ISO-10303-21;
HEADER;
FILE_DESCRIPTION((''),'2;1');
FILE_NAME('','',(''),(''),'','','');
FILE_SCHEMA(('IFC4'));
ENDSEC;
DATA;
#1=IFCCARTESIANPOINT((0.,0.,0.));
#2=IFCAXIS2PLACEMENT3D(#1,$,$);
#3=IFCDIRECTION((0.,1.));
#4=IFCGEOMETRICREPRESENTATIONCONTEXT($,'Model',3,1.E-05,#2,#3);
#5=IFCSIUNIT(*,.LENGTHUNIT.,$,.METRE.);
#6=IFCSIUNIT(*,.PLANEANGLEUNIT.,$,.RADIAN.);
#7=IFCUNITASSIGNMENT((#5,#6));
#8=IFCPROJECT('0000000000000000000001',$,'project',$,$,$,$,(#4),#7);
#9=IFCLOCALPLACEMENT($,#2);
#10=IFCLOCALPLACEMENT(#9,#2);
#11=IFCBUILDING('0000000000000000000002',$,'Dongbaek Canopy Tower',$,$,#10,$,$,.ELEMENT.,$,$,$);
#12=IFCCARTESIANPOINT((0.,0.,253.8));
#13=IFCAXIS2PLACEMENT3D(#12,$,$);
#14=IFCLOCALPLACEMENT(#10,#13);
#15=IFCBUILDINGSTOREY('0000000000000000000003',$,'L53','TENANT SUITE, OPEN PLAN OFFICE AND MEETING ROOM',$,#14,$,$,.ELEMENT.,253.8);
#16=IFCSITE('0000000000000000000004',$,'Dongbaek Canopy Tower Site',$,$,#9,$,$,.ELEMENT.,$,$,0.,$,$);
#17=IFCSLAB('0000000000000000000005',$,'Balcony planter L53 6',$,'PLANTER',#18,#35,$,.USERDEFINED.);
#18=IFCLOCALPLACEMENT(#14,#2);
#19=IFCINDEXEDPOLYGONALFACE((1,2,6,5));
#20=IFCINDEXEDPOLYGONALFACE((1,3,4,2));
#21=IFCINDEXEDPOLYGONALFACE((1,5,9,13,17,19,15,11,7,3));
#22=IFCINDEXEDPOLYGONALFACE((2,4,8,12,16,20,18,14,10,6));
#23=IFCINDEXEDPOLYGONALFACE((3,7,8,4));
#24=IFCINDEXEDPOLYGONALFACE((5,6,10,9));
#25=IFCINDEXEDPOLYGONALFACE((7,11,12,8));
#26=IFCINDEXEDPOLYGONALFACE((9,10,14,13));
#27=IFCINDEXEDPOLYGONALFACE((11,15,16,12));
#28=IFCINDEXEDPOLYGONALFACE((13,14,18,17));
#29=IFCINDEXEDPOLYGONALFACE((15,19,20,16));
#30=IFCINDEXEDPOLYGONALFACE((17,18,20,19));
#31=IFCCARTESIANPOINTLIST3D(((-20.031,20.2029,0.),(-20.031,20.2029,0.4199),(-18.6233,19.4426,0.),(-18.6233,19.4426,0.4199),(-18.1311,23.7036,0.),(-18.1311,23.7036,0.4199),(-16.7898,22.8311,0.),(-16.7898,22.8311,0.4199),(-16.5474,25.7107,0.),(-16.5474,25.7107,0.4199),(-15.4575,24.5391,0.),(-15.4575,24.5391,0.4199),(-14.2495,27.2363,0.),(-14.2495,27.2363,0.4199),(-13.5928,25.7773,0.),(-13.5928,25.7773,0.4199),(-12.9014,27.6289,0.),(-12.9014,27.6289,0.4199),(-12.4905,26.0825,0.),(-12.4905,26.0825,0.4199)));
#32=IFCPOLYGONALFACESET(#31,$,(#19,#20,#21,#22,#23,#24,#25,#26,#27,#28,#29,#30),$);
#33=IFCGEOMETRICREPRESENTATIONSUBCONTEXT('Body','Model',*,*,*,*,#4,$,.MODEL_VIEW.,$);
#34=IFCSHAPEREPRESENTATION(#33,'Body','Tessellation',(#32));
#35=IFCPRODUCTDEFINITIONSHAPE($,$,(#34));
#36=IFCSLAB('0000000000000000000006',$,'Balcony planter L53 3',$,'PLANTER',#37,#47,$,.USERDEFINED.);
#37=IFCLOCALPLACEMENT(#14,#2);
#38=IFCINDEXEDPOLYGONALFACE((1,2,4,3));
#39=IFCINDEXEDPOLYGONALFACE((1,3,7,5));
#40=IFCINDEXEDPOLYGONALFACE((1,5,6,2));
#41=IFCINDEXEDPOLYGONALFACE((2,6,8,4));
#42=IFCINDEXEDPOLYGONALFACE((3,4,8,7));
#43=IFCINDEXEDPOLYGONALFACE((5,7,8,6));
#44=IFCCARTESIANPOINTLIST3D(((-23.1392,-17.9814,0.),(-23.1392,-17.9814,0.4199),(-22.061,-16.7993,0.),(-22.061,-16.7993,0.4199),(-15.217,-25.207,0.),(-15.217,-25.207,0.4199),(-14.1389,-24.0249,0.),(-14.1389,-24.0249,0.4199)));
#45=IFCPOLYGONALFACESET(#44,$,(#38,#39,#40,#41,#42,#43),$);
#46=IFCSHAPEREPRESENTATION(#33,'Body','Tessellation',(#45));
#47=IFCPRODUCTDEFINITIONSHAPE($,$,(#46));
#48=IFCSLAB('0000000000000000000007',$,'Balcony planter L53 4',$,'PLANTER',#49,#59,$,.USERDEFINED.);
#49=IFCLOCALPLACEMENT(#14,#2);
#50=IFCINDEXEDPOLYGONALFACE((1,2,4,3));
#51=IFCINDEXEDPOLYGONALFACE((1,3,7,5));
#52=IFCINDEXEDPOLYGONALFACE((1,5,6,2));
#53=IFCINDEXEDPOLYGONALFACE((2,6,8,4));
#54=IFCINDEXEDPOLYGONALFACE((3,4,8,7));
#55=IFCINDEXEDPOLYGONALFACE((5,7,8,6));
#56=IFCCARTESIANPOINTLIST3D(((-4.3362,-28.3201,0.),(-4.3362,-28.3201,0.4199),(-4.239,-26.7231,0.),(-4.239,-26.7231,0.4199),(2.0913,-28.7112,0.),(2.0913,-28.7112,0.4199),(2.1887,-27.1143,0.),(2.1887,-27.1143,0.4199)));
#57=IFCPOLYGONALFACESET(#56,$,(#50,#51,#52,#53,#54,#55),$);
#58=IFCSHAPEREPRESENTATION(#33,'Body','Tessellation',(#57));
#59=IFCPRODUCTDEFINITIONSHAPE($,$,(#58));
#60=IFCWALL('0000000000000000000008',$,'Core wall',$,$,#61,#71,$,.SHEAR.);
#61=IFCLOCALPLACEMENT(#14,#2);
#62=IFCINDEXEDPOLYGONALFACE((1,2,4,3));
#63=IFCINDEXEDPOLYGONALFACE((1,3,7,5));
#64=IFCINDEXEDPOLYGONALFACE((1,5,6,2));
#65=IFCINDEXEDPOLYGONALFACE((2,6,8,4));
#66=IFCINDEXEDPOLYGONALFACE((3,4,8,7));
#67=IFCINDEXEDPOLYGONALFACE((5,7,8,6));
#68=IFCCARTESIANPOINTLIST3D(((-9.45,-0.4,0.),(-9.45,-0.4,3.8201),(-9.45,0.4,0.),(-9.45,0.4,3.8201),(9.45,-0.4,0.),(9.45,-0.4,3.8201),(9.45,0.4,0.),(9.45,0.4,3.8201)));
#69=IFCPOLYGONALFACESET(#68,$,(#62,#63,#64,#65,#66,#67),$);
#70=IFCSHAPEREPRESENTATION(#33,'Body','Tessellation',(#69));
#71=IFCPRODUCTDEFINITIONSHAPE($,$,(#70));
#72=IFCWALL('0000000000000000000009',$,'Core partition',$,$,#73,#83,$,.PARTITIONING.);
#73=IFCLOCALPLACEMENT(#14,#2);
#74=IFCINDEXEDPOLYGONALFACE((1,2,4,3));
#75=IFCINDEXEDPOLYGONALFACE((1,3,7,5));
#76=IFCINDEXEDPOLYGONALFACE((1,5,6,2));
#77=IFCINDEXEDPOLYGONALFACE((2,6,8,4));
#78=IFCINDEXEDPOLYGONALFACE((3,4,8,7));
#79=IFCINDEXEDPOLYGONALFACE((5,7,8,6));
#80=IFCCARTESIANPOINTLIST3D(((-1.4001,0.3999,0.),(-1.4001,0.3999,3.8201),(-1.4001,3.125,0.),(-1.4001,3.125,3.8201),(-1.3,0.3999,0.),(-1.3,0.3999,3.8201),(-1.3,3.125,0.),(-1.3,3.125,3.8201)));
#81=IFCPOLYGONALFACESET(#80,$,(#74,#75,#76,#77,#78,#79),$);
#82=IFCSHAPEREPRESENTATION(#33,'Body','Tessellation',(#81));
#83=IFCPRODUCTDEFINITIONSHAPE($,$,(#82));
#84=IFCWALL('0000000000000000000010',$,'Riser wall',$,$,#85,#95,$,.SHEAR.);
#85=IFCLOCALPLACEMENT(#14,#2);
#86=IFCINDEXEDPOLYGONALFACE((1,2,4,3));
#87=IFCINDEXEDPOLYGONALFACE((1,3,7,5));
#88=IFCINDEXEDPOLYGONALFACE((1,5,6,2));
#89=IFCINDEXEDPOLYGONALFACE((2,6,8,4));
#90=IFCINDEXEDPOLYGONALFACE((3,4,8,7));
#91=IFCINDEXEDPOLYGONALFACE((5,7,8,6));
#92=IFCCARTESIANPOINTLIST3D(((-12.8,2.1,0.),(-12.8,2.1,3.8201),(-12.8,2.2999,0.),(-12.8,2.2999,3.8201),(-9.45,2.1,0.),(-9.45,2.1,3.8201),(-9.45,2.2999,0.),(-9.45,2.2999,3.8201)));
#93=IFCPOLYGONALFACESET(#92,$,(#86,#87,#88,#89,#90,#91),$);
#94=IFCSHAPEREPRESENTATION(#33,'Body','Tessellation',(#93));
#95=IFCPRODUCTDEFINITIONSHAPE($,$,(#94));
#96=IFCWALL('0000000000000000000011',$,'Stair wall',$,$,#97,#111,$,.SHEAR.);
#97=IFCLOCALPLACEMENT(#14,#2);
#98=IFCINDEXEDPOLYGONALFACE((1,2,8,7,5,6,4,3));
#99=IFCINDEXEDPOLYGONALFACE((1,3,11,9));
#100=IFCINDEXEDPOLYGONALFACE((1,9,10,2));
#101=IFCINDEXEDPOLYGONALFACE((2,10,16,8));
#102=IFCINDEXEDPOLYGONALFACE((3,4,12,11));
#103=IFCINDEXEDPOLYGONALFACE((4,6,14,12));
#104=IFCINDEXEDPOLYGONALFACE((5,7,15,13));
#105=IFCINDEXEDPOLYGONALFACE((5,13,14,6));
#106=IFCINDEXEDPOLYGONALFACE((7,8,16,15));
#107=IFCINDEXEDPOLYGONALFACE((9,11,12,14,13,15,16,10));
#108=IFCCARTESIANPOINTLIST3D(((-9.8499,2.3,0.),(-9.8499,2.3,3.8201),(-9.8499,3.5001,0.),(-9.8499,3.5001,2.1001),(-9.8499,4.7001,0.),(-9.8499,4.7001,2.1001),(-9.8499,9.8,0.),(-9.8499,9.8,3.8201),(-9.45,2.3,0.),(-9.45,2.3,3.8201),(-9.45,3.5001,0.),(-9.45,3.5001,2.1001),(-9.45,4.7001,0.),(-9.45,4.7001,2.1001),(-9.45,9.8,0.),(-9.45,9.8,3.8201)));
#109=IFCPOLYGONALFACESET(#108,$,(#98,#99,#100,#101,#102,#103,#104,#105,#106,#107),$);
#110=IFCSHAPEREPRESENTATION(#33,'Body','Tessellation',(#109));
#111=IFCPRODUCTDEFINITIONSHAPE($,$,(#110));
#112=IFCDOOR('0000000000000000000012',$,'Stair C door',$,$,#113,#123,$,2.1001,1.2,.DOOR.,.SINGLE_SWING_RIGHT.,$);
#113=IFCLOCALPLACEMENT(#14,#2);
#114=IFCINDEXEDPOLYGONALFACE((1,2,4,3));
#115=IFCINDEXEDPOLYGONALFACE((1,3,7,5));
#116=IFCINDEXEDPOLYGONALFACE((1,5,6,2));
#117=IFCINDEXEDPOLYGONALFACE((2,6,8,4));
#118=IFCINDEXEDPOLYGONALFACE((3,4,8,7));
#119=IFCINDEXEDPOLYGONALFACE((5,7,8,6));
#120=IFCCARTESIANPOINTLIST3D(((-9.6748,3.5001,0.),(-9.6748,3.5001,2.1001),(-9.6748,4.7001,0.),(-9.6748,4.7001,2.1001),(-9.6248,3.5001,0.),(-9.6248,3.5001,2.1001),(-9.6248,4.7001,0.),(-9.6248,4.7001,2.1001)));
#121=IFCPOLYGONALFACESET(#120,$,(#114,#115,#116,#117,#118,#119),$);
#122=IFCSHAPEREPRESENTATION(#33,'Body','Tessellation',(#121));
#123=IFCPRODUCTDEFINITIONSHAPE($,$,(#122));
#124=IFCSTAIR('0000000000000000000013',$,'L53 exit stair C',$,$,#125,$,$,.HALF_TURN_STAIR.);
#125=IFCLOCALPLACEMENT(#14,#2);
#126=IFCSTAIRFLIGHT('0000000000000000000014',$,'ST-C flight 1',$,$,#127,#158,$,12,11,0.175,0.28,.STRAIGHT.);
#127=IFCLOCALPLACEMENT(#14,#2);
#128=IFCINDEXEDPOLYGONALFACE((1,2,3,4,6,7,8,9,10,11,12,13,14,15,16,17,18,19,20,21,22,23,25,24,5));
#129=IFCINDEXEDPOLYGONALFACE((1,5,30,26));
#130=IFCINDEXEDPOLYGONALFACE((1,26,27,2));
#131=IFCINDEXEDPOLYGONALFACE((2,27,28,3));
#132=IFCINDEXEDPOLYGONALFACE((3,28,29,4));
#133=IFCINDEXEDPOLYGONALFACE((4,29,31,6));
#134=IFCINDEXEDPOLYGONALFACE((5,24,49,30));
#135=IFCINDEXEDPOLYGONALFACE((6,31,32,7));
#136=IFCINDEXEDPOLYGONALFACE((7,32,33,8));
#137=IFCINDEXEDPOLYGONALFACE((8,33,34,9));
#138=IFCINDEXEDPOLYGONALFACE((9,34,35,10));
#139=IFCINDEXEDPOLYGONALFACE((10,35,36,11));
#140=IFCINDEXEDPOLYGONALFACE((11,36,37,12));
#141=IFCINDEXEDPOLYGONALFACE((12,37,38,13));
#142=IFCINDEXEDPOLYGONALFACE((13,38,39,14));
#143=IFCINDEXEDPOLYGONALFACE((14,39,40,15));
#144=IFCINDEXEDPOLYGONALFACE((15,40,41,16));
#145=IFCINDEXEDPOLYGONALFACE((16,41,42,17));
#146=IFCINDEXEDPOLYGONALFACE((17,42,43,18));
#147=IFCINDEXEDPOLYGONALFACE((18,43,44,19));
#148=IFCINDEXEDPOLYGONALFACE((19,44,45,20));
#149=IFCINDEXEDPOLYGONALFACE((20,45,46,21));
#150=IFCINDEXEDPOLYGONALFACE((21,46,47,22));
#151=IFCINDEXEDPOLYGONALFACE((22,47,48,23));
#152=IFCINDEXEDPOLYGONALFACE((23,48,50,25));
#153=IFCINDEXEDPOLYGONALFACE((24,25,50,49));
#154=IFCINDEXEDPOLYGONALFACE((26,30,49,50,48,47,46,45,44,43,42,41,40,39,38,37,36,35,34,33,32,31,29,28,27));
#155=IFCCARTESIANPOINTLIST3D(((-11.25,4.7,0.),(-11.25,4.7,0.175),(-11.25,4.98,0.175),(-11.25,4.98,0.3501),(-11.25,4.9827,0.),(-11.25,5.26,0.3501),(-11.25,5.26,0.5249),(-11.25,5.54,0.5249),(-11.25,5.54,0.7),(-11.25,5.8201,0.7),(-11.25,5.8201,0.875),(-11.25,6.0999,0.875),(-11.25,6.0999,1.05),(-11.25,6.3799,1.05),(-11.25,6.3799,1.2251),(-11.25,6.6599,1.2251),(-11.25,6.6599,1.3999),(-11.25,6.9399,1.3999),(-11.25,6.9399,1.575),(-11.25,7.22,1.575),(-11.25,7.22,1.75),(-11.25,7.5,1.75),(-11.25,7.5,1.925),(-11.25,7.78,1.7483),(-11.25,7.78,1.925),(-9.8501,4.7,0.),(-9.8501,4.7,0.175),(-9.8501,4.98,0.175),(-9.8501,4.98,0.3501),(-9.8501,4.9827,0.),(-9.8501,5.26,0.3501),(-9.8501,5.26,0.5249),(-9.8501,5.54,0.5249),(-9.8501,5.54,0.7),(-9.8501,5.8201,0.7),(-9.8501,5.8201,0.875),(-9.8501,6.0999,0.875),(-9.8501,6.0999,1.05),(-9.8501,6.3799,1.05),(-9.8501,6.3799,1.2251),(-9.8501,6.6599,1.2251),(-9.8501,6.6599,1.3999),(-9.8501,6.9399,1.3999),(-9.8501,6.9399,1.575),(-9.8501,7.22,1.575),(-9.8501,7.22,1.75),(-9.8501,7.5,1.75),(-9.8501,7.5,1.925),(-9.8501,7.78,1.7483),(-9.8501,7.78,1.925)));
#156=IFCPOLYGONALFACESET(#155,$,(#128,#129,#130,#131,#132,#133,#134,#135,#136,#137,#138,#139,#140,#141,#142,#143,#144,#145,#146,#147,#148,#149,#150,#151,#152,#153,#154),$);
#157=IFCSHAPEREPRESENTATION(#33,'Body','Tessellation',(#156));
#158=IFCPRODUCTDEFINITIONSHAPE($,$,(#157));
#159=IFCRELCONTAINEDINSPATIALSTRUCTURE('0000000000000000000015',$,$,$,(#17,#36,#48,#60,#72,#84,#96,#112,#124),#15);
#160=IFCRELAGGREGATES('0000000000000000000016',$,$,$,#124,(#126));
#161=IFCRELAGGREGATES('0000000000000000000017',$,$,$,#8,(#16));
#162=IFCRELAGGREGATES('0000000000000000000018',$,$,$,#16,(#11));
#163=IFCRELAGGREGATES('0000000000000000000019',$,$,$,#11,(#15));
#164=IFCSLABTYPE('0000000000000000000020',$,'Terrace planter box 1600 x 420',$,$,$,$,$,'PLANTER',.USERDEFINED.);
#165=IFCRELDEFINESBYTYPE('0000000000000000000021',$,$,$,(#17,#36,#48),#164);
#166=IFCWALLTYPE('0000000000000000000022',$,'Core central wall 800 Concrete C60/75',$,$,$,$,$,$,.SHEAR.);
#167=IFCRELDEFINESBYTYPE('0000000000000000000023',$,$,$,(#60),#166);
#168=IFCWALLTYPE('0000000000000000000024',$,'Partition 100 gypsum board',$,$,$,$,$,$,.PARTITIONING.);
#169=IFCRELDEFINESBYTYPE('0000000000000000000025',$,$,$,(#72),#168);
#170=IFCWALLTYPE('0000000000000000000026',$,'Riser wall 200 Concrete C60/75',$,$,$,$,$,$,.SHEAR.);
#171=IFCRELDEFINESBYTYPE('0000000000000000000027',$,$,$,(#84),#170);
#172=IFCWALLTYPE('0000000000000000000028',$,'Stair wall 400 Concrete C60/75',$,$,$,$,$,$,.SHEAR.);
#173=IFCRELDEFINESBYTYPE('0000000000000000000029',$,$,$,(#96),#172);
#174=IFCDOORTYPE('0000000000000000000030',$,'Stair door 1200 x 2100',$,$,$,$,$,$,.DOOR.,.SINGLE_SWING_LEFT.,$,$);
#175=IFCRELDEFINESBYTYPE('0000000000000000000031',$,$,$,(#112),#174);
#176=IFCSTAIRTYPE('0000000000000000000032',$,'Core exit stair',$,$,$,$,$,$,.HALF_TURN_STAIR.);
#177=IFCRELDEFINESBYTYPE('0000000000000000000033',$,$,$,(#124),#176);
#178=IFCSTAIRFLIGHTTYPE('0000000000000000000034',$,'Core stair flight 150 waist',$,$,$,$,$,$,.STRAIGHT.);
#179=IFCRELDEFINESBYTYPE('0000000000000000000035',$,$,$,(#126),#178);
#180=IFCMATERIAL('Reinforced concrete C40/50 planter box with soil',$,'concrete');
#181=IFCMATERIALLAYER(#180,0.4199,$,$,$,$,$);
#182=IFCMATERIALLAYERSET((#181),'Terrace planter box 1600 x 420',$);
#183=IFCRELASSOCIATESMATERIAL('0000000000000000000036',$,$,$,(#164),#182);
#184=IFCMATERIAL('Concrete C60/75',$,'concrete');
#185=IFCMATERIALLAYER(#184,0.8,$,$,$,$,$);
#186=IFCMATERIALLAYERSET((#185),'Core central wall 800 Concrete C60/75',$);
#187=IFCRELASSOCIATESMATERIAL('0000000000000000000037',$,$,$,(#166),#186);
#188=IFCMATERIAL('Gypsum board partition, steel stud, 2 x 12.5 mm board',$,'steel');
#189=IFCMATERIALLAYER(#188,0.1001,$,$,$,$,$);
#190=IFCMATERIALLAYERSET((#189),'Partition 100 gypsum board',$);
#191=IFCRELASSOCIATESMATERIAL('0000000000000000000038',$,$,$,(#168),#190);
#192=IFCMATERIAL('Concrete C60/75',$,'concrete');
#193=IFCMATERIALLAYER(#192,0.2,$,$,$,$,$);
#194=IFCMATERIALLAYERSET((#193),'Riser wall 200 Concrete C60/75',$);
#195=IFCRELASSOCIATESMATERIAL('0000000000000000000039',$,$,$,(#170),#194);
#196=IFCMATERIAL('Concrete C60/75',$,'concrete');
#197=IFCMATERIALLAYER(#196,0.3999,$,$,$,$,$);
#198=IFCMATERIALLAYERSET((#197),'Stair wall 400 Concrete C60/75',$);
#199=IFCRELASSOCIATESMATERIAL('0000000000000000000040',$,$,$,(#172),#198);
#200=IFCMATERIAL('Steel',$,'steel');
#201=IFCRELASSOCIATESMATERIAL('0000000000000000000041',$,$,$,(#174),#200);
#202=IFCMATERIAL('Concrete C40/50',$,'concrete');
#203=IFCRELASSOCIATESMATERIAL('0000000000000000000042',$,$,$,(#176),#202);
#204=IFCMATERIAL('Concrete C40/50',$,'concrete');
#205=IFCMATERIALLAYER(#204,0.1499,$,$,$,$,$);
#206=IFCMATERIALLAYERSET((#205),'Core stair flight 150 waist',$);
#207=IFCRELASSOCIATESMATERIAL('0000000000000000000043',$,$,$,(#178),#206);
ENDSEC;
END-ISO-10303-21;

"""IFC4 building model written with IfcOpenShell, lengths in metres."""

from ifc_helpers import new_model, si_unit, direction, frame, frame_2d, origin, place, context, subcontext, project, spatial, polyline, rectangle, outline, extrude, material, layer, layer_set, type_object, element, fill, aggregate, save


model = new_model("IFC4")

# Units and contexts
model_context = context("Model", 3, precision=1e-05, world=origin(), true_north=direction((0.0, 1.0)))
body_context = subcontext(model_context, "Body", "Model", "MODEL_VIEW")
ifc_project = project(units=[si_unit("LENGTHUNIT", "METRE"), si_unit("PLANEANGLEUNIT", "RADIAN")], contexts=[model_context])

# Site, building, storey
site_placement = place(None, origin())
site = spatial("IfcSite", under=ifc_project, at=site_placement, Name="Dongbaek Canopy Tower Site", CompositionType="ELEMENT", RefElevation=0.0)
building_placement = place(site_placement, origin())
building = spatial("IfcBuilding", under=site, at=building_placement, Name="Dongbaek Canopy Tower", CompositionType="ELEMENT")
storey_placement = place(building_placement, frame((0.0, 0.0, 253.8)))
storey = spatial("IfcBuildingStorey", under=building, at=storey_placement, Name="L53", Description="TENANT SUITE, OPEN PLAN OFFICE AND MEETING ROOM", CompositionType="ELEMENT", Elevation=253.8)

# Slabs
ifc_material_1 = material(Name="Reinforced concrete C40/50 planter box with soil", Category="concrete")
ifc_layer_1 = layer(ifc_material_1, 0.4199)
ifc_layer_set_1 = layer_set([ifc_layer_1], Name="Terrace planter box 1600 x 420")
slab_type_1 = type_object("IfcSlabType", Name="Terrace planter box 1600 x 420", ElementType="PLANTER", PredefinedType="USERDEFINED", material=ifc_layer_set_1)
slab_1_placement = place(storey_placement, origin())
element("IfcSlab", 1, at=slab_1_placement, inside=storey, type_object=slab_type_1, Name="Balcony planter L53 6", ObjectType="PLANTER", PredefinedType="USERDEFINED", context=body_context, shape_type="SweptSolid", body=[
    extrude(outline(polyline([(-12.4905, 26.0825), (-13.5928, 25.7773), (-15.4575, 24.5391), (-16.7898, 22.8311), (-18.6233, 19.4426), (-20.031, 20.2029), (-18.1311, 23.7036), (-16.5474, 25.7107), (-14.2495, 27.2363), (-12.9014, 27.6289), (-12.4905, 26.0825)])), origin(), (0.0, 0.0, 1.0), 0.4199),
])
slab_2_placement = place(storey_placement, origin())
element("IfcSlab", 2, at=slab_2_placement, inside=storey, type_object=slab_type_1, Name="Balcony planter L53 3", ObjectType="PLANTER", PredefinedType="USERDEFINED", context=body_context, shape_type="SweptSolid", body=[
    extrude(outline(polyline([(-22.061, -16.7993), (-14.1389, -24.0249), (-15.217, -25.207), (-23.1392, -17.9814), (-22.061, -16.7993)])), origin(), (0.0, 0.0, 1.0), 0.4199),
])
slab_3_placement = place(storey_placement, origin())
element("IfcSlab", 3, at=slab_3_placement, inside=storey, type_object=slab_type_1, Name="Balcony planter L53 4", ObjectType="PLANTER", PredefinedType="USERDEFINED", context=body_context, shape_type="SweptSolid", body=[
    extrude(outline(polyline([(-4.239, -26.7231), (2.1887, -27.1143), (2.0913, -28.7112), (-4.3362, -28.3201), (-4.239, -26.7231)])), origin(), (0.0, 0.0, 1.0), 0.4199),
])

# Walls
ifc_material_2 = material(Name="Concrete C60/75", Category="concrete")
ifc_layer_2 = layer(ifc_material_2, 0.8)
ifc_layer_set_2 = layer_set([ifc_layer_2], Name="Core central wall 800 Concrete C60/75")
wall_type_1 = type_object("IfcWallType", Name="Core central wall 800 Concrete C60/75", PredefinedType="SHEAR", material=ifc_layer_set_2)
wall_1_placement = place(storey_placement, frame((-9.45, 0.0, 0.0), z_axis=(0.0, 0.0, 1.0), x_axis=(1.0, 0.0, 0.0)))
element("IfcWall", 4, at=wall_1_placement, inside=storey, type_object=wall_type_1, Name="Core wall", PredefinedType="SHEAR", context=body_context, shape_type="SweptSolid", body=[
    extrude(rectangle(XDim=18.8999, YDim=0.8, at=frame_2d((9.45, 0.0))), origin(), (0.0, 0.0, 1.0), 3.8201),
])
ifc_material_3 = material(Name="Gypsum board partition, steel stud, 2 x 12.5 mm board", Category="steel")
ifc_layer_3 = layer(ifc_material_3, 0.1001)
ifc_layer_set_3 = layer_set([ifc_layer_3], Name="Partition 100 gypsum board")
wall_type_2 = type_object("IfcWallType", Name="Partition 100 gypsum board", PredefinedType="PARTITIONING", material=ifc_layer_set_3)
wall_2_placement = place(storey_placement, frame((-1.3501, 0.3999, 0.0), z_axis=(0.0, 0.0, 1.0), x_axis=(0.0, 1.0, 0.0)))
element("IfcWall", 5, at=wall_2_placement, inside=storey, type_object=wall_type_2, Name="Core partition", PredefinedType="PARTITIONING", context=body_context, shape_type="SweptSolid", body=[
    extrude(rectangle(XDim=2.7251, YDim=0.1001, at=frame_2d((1.3625, 0.0))), origin(), (0.0, 0.0, 1.0), 3.8201),
])
ifc_material_4 = material(Name="Concrete C60/75", Category="concrete")
ifc_layer_4 = layer(ifc_material_4, 0.2)
ifc_layer_set_4 = layer_set([ifc_layer_4], Name="Riser wall 200 Concrete C60/75")
wall_type_3 = type_object("IfcWallType", Name="Riser wall 200 Concrete C60/75", PredefinedType="SHEAR", material=ifc_layer_set_4)
wall_3_placement = place(storey_placement, frame((-9.45, 2.2, 0.0), z_axis=(0.0, 0.0, 1.0), x_axis=(-1.0, 0.0, 0.0)))
element("IfcWall", 6, at=wall_3_placement, inside=storey, type_object=wall_type_3, Name="Riser wall", PredefinedType="SHEAR", context=body_context, shape_type="SweptSolid", body=[
    extrude(rectangle(XDim=3.3501, YDim=0.2, at=frame_2d((1.675, 0.0))), origin(), (0.0, 0.0, 1.0), 3.8201),
])

# Wall, opening, door
ifc_material_5 = material(Name="Concrete C60/75", Category="concrete")
ifc_layer_5 = layer(ifc_material_5, 0.3999)
ifc_layer_set_5 = layer_set([ifc_layer_5], Name="Stair wall 400 Concrete C60/75")
wall_type_4 = type_object("IfcWallType", Name="Stair wall 400 Concrete C60/75", PredefinedType="SHEAR", material=ifc_layer_set_5)
wall_4_placement = place(storey_placement, frame((-9.6499, 2.3, 0.0), z_axis=(0.0, 0.0, 1.0), x_axis=(0.0, 1.0, 0.0)))
wall_4 = element("IfcWall", 7, at=wall_4_placement, inside=storey, type_object=wall_type_4, Name="Stair wall", PredefinedType="SHEAR", context=body_context, shape_type="SweptSolid", body=[
    extrude(rectangle(XDim=7.5, YDim=0.3999, at=frame_2d((3.75, 0.0))), origin(), (0.0, 0.0, 1.0), 3.8201),
])
opening_placement = place(wall_4_placement, frame((1.2, 0.0, 0.0)))
opening = element("IfcOpeningElement", 8, at=opening_placement, cuts=wall_4, PredefinedType="OPENING", context=body_context, shape_type="SweptSolid", body=[
    extrude(rectangle(XDim=1.2, YDim=2.1001, at=frame_2d((0.6001, 1.05))), frame((0.0, 0.21, 0.0), z_axis=(0.0, -1.0, 0.0), x_axis=(1.0, 0.0, 0.0)), (0.0, 0.0, 1.0), 0.4199),
])
ifc_material_6 = material(Name="Steel", Category="steel")
door_type = type_object("IfcDoorType", Name="Stair door 1200 x 2100", OperationType="SINGLE_SWING_LEFT", PredefinedType="DOOR", material=ifc_material_6)
door_placement = place(opening_placement, origin())
door = element("IfcDoor", 9, at=door_placement, inside=storey, type_object=door_type, Name="Stair C door", OperationType="SINGLE_SWING_RIGHT", OverallHeight=2.1001, OverallWidth=1.2, PredefinedType="DOOR", context=body_context, shape_type="SweptSolid", body=[
    extrude(rectangle(XDim=1.2, YDim=2.1001, at=frame_2d((0.6001, 1.05))), frame((0.0, 0.0249, 0.0), z_axis=(0.0, -1.0, 0.0), x_axis=(1.0, 0.0, 0.0)), (0.0, 0.0, 1.0), 0.05),
])
fill(opening, door)

# Stair, stair flight
ifc_material_7 = material(Name="Concrete C40/50", Category="concrete")
stair_type = type_object("IfcStairType", Name="Core exit stair", PredefinedType="HALF_TURN_STAIR", material=ifc_material_7)
stair_placement = place(storey_placement, origin())
stair = element("IfcStair", 10, at=stair_placement, inside=storey, type_object=stair_type, Name="L53 exit stair C", PredefinedType="HALF_TURN_STAIR")
ifc_material_8 = material(Name="Concrete C40/50", Category="concrete")
ifc_layer_6 = layer(ifc_material_8, 0.1499)
ifc_layer_set_6 = layer_set([ifc_layer_6], Name="Core stair flight 150 waist")
stair_flight_type = type_object("IfcStairFlightType", Name="Core stair flight 150 waist", PredefinedType="STRAIGHT", material=ifc_layer_set_6)
stair_flight_placement = place(storey_placement, frame((-10.55, 4.7, 0.0), z_axis=(0.0, 0.0, 1.0), x_axis=(0.0, 1.0, 0.0)))
stair_flight = element("IfcStairFlight", 11, at=stair_flight_placement, type_object=stair_flight_type, Name="ST-C flight 1", NumberOfRisers=12, NumberOfTreads=11, PredefinedType="STRAIGHT", RiserHeight=0.175, TreadLength=0.28, context=body_context, shape_type="SweptSolid", body=[
    extrude(outline(polyline([(0.0, 0.0), (0.0, 0.175), (0.28, 0.175), (0.28, 0.3501), (0.5601, 0.3501), (0.5601, 0.5249), (0.8401, 0.5249), (0.8401, 0.7), (1.1201, 0.7), (1.1201, 0.875), (1.3999, 0.875), (1.3999, 1.05), (1.6799, 1.05), (1.6799, 1.2251), (1.96, 1.2251), (1.96, 1.3999), (2.24, 1.3999), (2.24, 1.575), (2.52, 1.575), (2.52, 1.75), (2.8, 1.75), (2.8, 1.925), (3.0801, 1.925), (3.0801, 2.1001), (3.0801, 1.7483), (0.2827, 0.0), (0.0, 0.0)])), frame((0.0, 0.7, 0.0), z_axis=(0.0, -1.0, 0.0), x_axis=(1.0, 0.0, 0.0)), (0.0, 0.0, 1.0), 1.3999),
])
aggregate(stair, [stair_flight])

save(model, "model.ifc")
